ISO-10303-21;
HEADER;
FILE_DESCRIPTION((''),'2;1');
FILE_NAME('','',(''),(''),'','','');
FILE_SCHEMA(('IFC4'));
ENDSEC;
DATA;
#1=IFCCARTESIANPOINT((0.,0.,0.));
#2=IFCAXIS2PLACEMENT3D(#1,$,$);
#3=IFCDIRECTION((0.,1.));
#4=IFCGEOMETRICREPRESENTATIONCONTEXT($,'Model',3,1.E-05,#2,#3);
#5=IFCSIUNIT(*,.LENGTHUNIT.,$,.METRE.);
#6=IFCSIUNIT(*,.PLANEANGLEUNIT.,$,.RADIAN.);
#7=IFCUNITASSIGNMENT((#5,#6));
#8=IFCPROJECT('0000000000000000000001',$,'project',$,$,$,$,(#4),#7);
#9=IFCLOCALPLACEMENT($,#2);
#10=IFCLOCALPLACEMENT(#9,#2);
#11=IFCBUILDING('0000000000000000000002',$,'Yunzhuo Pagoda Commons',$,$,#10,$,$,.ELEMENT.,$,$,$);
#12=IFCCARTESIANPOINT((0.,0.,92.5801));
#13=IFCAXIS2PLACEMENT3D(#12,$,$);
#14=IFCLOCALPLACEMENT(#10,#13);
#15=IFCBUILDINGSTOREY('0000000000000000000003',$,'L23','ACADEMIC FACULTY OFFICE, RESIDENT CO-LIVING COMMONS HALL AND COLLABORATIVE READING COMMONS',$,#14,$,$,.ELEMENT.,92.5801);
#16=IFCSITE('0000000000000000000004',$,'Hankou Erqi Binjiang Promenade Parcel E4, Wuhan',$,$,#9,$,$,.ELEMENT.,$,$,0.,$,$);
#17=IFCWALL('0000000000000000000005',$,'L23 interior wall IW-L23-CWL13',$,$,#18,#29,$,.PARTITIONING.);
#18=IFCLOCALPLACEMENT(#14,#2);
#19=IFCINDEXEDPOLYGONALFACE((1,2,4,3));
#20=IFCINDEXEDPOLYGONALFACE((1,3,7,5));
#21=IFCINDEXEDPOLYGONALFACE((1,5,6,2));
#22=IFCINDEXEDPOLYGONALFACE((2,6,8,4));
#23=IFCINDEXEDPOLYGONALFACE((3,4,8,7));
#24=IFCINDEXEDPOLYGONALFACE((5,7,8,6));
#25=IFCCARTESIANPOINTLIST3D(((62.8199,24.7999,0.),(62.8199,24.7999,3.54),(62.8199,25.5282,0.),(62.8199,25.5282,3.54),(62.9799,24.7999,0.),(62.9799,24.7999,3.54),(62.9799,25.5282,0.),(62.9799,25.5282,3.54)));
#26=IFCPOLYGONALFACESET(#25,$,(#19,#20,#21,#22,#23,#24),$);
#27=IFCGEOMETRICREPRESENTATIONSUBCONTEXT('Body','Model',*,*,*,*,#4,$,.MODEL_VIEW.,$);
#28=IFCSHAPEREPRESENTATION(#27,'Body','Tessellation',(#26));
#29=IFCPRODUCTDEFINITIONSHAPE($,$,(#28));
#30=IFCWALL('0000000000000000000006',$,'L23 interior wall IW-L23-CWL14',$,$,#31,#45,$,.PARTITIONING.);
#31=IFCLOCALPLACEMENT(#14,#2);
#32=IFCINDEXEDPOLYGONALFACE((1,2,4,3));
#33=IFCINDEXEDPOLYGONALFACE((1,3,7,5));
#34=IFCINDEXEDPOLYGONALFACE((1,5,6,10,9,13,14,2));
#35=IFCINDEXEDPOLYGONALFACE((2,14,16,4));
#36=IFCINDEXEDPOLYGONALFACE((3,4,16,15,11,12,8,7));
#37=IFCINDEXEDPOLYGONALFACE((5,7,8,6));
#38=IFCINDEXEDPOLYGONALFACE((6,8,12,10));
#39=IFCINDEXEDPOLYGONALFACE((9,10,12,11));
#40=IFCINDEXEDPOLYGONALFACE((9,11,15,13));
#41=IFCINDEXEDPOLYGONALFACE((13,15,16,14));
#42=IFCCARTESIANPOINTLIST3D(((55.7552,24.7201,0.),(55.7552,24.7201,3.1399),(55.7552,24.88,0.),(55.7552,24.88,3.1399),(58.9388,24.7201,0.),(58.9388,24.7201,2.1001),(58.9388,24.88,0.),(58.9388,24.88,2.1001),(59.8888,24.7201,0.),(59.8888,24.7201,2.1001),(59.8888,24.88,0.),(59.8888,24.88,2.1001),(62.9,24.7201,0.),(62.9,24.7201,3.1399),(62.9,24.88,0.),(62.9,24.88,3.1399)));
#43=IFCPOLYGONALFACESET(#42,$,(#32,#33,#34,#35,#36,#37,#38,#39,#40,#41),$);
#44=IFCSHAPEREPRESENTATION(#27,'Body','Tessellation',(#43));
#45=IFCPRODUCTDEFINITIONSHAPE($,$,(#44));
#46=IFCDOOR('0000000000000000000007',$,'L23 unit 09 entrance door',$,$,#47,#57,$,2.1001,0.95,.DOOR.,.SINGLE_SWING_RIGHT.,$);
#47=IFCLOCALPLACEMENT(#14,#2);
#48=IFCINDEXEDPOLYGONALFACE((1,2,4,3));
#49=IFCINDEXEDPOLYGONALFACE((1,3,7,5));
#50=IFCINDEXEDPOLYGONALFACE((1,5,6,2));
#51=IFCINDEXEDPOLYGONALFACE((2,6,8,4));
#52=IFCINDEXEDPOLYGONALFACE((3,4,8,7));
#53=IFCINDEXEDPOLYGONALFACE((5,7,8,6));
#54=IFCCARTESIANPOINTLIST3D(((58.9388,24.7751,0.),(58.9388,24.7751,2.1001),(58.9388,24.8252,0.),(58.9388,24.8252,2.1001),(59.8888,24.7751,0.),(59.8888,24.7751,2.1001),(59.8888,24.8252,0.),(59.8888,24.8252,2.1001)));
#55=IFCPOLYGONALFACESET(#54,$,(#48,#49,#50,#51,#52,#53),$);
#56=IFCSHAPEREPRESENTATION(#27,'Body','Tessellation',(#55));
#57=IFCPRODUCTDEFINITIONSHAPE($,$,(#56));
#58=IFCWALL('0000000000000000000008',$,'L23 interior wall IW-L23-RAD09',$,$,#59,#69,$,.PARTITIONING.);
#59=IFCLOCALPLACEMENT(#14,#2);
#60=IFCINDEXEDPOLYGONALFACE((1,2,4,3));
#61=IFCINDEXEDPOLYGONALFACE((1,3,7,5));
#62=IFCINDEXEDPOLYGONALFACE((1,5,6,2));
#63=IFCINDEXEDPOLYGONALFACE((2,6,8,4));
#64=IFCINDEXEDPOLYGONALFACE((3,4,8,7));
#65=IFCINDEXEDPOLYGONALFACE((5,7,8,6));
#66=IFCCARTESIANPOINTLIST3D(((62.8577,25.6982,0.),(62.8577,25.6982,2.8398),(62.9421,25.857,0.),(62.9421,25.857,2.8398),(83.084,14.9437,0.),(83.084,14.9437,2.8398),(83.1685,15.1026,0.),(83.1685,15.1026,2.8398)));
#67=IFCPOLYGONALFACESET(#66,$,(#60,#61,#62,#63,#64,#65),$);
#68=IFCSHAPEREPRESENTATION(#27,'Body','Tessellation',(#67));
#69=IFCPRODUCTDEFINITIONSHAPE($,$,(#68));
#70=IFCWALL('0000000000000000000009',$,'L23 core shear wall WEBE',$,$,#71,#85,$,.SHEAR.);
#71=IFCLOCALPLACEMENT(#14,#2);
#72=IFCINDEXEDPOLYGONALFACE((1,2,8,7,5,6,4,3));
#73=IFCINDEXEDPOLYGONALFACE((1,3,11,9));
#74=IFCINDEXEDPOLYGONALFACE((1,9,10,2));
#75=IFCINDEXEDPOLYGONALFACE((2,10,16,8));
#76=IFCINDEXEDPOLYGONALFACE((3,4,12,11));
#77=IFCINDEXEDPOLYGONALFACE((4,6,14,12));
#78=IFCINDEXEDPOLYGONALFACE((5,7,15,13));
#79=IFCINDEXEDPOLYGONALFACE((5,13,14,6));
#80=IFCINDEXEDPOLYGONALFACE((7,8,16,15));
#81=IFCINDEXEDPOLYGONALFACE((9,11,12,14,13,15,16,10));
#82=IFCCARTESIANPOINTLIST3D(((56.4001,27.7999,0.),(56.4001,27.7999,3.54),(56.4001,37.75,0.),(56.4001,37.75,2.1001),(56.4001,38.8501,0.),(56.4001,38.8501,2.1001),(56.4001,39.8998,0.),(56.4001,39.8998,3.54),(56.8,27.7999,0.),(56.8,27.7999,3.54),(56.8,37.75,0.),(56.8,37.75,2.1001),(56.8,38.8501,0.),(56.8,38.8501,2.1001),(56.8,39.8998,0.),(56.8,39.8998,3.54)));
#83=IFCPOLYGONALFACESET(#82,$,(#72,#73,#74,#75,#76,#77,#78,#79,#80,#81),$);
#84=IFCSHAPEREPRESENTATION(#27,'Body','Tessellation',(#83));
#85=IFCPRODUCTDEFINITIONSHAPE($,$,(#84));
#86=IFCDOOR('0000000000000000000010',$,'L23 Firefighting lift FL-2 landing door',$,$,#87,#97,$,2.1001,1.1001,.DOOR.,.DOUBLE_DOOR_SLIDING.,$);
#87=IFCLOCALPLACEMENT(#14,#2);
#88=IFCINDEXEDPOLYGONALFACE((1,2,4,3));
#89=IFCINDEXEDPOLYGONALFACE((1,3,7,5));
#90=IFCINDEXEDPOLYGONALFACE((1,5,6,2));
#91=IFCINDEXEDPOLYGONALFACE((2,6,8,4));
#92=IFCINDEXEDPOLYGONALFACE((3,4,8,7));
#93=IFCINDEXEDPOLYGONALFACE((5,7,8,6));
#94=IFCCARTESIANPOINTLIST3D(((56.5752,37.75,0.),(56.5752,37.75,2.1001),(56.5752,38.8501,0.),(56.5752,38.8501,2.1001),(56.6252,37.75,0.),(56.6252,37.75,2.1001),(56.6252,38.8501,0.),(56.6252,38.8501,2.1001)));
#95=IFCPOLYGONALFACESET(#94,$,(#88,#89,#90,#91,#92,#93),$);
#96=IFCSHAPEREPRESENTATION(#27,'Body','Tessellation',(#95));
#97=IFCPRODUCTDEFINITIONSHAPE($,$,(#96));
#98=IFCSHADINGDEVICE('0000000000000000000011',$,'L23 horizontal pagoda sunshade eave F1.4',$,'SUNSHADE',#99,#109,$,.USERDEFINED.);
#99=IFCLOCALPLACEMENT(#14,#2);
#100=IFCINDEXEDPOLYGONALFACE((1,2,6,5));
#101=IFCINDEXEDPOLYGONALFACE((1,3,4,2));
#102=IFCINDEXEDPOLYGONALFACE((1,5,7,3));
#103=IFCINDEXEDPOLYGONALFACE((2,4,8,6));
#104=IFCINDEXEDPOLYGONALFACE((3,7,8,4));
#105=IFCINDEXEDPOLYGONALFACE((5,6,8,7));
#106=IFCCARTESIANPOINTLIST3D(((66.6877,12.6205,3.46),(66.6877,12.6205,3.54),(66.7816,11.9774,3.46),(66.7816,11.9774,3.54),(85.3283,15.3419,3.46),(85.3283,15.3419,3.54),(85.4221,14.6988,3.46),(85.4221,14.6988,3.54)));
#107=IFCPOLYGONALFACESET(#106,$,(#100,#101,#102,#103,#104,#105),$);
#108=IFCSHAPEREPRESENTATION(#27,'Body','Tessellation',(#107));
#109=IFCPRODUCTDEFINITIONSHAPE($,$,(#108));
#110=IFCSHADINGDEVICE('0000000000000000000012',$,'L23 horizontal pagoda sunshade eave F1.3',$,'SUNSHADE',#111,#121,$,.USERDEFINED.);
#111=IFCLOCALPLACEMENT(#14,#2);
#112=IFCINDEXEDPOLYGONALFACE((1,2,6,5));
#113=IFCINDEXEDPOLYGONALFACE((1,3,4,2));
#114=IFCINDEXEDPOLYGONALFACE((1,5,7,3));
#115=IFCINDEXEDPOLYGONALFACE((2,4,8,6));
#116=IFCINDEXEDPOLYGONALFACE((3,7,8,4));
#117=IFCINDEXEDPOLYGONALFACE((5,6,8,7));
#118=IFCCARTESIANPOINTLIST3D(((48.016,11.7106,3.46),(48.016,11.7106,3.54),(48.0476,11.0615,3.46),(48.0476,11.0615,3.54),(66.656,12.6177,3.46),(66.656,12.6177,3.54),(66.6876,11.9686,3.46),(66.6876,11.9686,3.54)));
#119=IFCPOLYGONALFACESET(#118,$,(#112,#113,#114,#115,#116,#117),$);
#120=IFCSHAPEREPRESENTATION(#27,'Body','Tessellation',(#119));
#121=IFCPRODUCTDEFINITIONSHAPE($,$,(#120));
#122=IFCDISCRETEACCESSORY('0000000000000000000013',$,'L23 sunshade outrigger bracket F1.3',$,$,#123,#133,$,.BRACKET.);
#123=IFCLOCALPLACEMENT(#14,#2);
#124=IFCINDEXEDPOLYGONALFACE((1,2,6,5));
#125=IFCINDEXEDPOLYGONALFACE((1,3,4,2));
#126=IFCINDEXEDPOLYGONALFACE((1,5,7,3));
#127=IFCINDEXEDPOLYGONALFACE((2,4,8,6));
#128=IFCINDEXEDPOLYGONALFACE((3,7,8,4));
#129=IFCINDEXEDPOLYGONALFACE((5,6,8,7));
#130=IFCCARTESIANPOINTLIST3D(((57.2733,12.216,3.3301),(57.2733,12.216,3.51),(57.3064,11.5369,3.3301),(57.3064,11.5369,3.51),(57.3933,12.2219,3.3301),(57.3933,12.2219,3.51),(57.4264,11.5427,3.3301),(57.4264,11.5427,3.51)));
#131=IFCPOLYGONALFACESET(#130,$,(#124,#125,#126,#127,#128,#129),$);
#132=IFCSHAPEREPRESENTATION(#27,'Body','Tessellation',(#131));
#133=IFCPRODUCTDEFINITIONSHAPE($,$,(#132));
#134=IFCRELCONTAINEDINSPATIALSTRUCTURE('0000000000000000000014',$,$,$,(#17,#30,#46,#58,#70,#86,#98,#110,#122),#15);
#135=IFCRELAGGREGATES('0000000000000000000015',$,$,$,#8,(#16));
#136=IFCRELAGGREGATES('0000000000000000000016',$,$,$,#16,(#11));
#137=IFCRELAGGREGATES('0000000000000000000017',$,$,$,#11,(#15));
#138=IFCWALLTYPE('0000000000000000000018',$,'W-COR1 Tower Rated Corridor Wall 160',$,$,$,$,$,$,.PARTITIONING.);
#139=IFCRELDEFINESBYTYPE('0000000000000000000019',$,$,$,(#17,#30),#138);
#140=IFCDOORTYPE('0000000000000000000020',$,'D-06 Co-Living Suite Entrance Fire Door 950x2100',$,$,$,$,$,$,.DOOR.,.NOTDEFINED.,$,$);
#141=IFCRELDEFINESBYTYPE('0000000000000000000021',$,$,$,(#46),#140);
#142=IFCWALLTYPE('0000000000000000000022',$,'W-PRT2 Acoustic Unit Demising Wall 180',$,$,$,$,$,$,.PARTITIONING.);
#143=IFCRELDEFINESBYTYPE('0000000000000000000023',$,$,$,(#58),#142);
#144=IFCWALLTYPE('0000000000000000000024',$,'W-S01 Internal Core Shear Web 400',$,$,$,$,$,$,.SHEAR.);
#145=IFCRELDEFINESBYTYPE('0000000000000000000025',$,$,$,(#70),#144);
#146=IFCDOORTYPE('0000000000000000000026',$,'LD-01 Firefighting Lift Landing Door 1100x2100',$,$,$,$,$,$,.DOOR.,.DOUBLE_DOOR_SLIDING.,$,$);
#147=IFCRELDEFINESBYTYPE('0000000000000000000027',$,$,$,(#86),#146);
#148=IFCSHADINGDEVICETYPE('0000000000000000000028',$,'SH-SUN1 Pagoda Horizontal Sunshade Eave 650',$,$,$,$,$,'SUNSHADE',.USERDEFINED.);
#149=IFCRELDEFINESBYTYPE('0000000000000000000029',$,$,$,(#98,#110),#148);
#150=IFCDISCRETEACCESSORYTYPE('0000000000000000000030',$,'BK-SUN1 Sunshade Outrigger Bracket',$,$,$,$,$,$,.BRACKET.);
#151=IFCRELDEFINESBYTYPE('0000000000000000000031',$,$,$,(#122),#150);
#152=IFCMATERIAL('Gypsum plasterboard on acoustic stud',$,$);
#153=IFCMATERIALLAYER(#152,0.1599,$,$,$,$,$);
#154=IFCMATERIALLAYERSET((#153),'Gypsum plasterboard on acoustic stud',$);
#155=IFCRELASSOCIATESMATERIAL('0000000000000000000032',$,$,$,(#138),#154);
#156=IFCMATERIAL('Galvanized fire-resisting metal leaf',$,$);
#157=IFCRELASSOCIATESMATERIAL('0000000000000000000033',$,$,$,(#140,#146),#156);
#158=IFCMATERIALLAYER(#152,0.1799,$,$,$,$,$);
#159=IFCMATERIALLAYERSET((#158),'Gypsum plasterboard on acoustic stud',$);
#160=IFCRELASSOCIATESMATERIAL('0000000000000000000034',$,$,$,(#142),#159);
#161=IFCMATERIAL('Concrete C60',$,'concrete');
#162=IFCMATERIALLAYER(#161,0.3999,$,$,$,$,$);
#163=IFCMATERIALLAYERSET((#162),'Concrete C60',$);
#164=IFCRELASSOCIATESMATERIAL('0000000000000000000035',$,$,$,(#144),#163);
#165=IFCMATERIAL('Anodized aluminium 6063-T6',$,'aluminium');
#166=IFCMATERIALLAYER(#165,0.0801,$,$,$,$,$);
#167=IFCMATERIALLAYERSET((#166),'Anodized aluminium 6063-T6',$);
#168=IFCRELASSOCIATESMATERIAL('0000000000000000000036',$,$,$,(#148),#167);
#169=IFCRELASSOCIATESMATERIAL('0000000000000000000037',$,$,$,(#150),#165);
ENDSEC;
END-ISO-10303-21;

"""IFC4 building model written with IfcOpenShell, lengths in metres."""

from ifc_helpers import new_model, si_unit, direction, frame, frame_2d, origin, origin_with_axes, origin_2d, place, context, subcontext, project, spatial, rectangle, extrude, source, transform, mapped, material, layer, layer_set, type_object, element, fill, save


model = new_model("IFC4")

# Units and contexts
model_context = context("Model", 3, precision=1e-05, world=origin(), true_north=direction((0.0, 1.0)))
body_context = subcontext(model_context, "Body", "Model", "MODEL_VIEW")
ifc_project = project(units=[si_unit("LENGTHUNIT", "METRE"), si_unit("PLANEANGLEUNIT", "RADIAN")], contexts=[model_context])

# Site, building, storey
site_placement = place(None, origin())
site = spatial("IfcSite", under=ifc_project, at=site_placement, Name="Hankou Erqi Binjiang Promenade Parcel E4, Wuhan", CompositionType="ELEMENT", RefElevation=0.0)
building_placement = place(site_placement, origin())
building = spatial("IfcBuilding", under=site, at=building_placement, Name="Yunzhuo Pagoda Commons", CompositionType="ELEMENT")
storey_placement = place(building_placement, frame((0.0, 0.0, 92.5801)))
storey = spatial("IfcBuildingStorey", under=building, at=storey_placement, Name="L23", Description="ACADEMIC FACULTY OFFICE, RESIDENT CO-LIVING COMMONS HALL AND COLLABORATIVE READING COMMONS", CompositionType="ELEMENT", Elevation=92.5801)

# Shared definitions
ifc_material_1 = material(Name="Anodized aluminium 6063-T6", Category="aluminium")

# Wall
ifc_material_2 = material(Name="Concrete C60", Category="concrete")
ifc_material_3 = material(Name="Gypsum plasterboard on acoustic stud")
ifc_layer_1 = layer(ifc_material_3, 0.1599)
ifc_layer_set_1 = layer_set([ifc_layer_1], Name="Gypsum plasterboard on acoustic stud")
wall_type_1 = type_object("IfcWallType", Name="W-COR1 Tower Rated Corridor Wall 160", PredefinedType="PARTITIONING", material=ifc_layer_set_1)
wall_1_placement = place(storey_placement, frame((62.8999, 25.5283, 0.0), z_axis=(0.0, 0.0, 1.0), x_axis=(0.0, -1.0, 0.0)))
element("IfcWall", 1, at=wall_1_placement, inside=storey, type_object=wall_type_1, Name="L23 interior wall IW-L23-CWL13", PredefinedType="PARTITIONING", context=body_context, shape_type="SweptSolid", body=[
    extrude(rectangle(XDim=0.7283, YDim=0.1599, at=frame_2d((0.3643, 0.0))), origin(), (0.0, 0.0, 1.0), 3.54),
])

# Wall, opening, door
wall_2_placement = place(storey_placement, frame((62.8999, 24.8, 0.0), z_axis=(0.0, 0.0, 1.0), x_axis=(-1.0, 0.0, 0.0)))
wall_2 = element("IfcWall", 2, at=wall_2_placement, inside=storey, type_object=wall_type_1, Name="L23 interior wall IW-L23-CWL14", PredefinedType="PARTITIONING", context=body_context, shape_type="SweptSolid", body=[
    extrude(rectangle(XDim=7.1448, YDim=0.1599, at=frame_2d((3.5723, 0.0))), origin(), (0.0, 0.0, 1.0), 3.1399),
])
opening_1_placement = place(wall_2_placement, frame((3.011, 0.0, 0.0)))
opening_1 = element("IfcOpeningElement", 3, at=opening_1_placement, cuts=wall_2, PredefinedType="OPENING", context=body_context, shape_type="SweptSolid", body=[
    extrude(rectangle(XDim=0.95, YDim=2.1001, at=frame_2d((0.4751, 1.05))), frame((0.0, 0.0898, 0.0), z_axis=(0.0, -1.0, 0.0), x_axis=(1.0, 0.0, 0.0)), (0.0, 0.0, 1.0), 0.1799),
])
ifc_material_4 = material(Name="Galvanized fire-resisting metal leaf")
door_type_1 = type_object("IfcDoorType", Name="D-06 Co-Living Suite Entrance Fire Door 950x2100", OperationType="NOTDEFINED", PredefinedType="DOOR", material=ifc_material_4)
shared_shape_1 = source(origin(), body_context, "Body", "SweptSolid", [
    extrude(rectangle(XDim=0.95, YDim=2.1001, at=frame_2d((0.4751, 1.05))), frame((0.0, 0.0249, 0.0), z_axis=(0.0, -1.0, 0.0), x_axis=(1.0, 0.0, 0.0)), (0.0, 0.0, 1.0), 0.05),
])
door_1_placement = place(opening_1_placement, origin_with_axes())
door_1 = element("IfcDoor", 4, at=door_1_placement, inside=storey, type_object=door_type_1, Name="L23 unit 09 entrance door", OperationType="SINGLE_SWING_RIGHT", OverallHeight=2.1001, OverallWidth=0.95, PredefinedType="DOOR", context=body_context, shape_type="MappedRepresentation", body=[
    mapped(shared_shape_1, transform((0.0, 0.0, 0.0), scale=1.0)),
])
fill(opening_1, door_1)

# Wall
ifc_layer_2 = layer(ifc_material_3, 0.1799)
ifc_layer_set_2 = layer_set([ifc_layer_2], Name="Gypsum plasterboard on acoustic stud")
wall_type_2 = type_object("IfcWallType", Name="W-PRT2 Acoustic Unit Demising Wall 180", PredefinedType="PARTITIONING", material=ifc_layer_set_2)
wall_3_placement = place(storey_placement, frame((62.8999, 25.7776, 0.0), z_axis=(0.0, 0.0, 1.0), x_axis=(0.88295, -0.469467, 0.0)))
element("IfcWall", 5, at=wall_3_placement, inside=storey, type_object=wall_type_2, Name="L23 interior wall IW-L23-RAD09", PredefinedType="PARTITIONING", context=body_context, shape_type="SweptSolid", body=[
    extrude(rectangle(XDim=22.9077, YDim=0.1799, at=frame_2d((11.4539, 0.0))), origin(), (0.0, 0.0, 1.0), 2.8398),
])

# Wall, opening, door
ifc_layer_3 = layer(ifc_material_2, 0.3999)
ifc_layer_set_3 = layer_set([ifc_layer_3], Name="Concrete C60")
wall_type_3 = type_object("IfcWallType", Name="W-S01 Internal Core Shear Web 400", PredefinedType="SHEAR", material=ifc_layer_set_3)
wall_4_placement = place(storey_placement, frame((56.6001, 27.8, 0.0), z_axis=(0.0, 0.0, 1.0), x_axis=(0.0, 1.0, 0.0)))
wall_4 = element("IfcWall", 6, at=wall_4_placement, inside=storey, type_object=wall_type_3, Name="L23 core shear wall WEBE", PredefinedType="SHEAR", context=body_context, shape_type="SweptSolid", body=[
    extrude(rectangle(XDim=12.0999, YDim=0.3999, at=frame_2d((6.0498, 0.0))), origin(), (0.0, 0.0, 1.0), 3.54),
])
opening_2_placement = place(wall_4_placement, frame((9.95, 0.0, 0.0)))
opening_2 = element("IfcOpeningElement", 7, at=opening_2_placement, cuts=wall_4, PredefinedType="OPENING", context=body_context, shape_type="SweptSolid", body=[
    extrude(rectangle(XDim=1.1001, YDim=2.1001, at=frame_2d((0.55, 1.05))), frame((0.0, 0.21, 0.0), z_axis=(0.0, -1.0, 0.0), x_axis=(1.0, 0.0, 0.0)), (0.0, 0.0, 1.0), 0.4199),
])
door_type_2 = type_object("IfcDoorType", Name="LD-01 Firefighting Lift Landing Door 1100x2100", OperationType="DOUBLE_DOOR_SLIDING", PredefinedType="DOOR", material=ifc_material_4)
shared_shape_2 = source(origin(), body_context, "Body", "SweptSolid", [
    extrude(rectangle(XDim=1.1001, YDim=2.1001, at=frame_2d((0.55, 1.05))), frame((0.0, 0.0249, 0.0), z_axis=(0.0, -1.0, 0.0), x_axis=(1.0, 0.0, 0.0)), (0.0, 0.0, 1.0), 0.05),
])
door_2_placement = place(opening_2_placement, origin_with_axes())
door_2 = element("IfcDoor", 8, at=door_2_placement, inside=storey, type_object=door_type_2, Name="L23 Firefighting lift FL-2 landing door", OperationType="DOUBLE_DOOR_SLIDING", OverallHeight=2.1001, OverallWidth=1.1001, PredefinedType="DOOR", context=body_context, shape_type="MappedRepresentation", body=[
    mapped(shared_shape_2, transform((0.0, 0.0, 0.0), scale=1.0)),
])
fill(opening_2, door_2)

# Shading devices
ifc_layer_4 = layer(ifc_material_1, 0.0801)
ifc_layer_set_4 = layer_set([ifc_layer_4], Name="Anodized aluminium 6063-T6")
shading_device_type = type_object("IfcShadingDeviceType", Name="SH-SUN1 Pagoda Horizontal Sunshade Eave 650", ElementType="SUNSHADE", PredefinedType="USERDEFINED", material=ifc_layer_set_4)
shared_shape_3 = source(origin(), body_context, "Body", "SweptSolid", [
    extrude(rectangle(XDim=18.8381, YDim=0.6499, at=origin_2d()), origin(), (0.0, 0.0, 1.0), 0.0801),
])
shading_device_1_placement = place(storey_placement, frame((76.0549, 13.6597, 3.46), z_axis=(0.0, 0.0, 1.0), x_axis=(0.989511, 0.14446, 0.0)))
element("IfcShadingDevice", 9, at=shading_device_1_placement, inside=storey, type_object=shading_device_type, Name="L23 horizontal pagoda sunshade eave F1.4", ObjectType="SUNSHADE", PredefinedType="USERDEFINED", context=body_context, shape_type="MappedRepresentation", body=[
    mapped(shared_shape_3, transform((0.0, 0.0, 0.0), scale=1.0)),
])
shared_shape_4 = source(origin(), body_context, "Body", "SweptSolid", [
    extrude(rectangle(XDim=18.6621, YDim=0.6499, at=origin_2d()), origin(), (0.0, 0.0, 1.0), 0.0801),
])
shading_device_2_placement = place(storey_placement, frame((57.3518, 11.8396, 3.46), z_axis=(0.0, 0.0, 1.0), x_axis=(0.998818, 0.048606, 0.0)))
element("IfcShadingDevice", 10, at=shading_device_2_placement, inside=storey, type_object=shading_device_type, Name="L23 horizontal pagoda sunshade eave F1.3", ObjectType="SUNSHADE", PredefinedType="USERDEFINED", context=body_context, shape_type="MappedRepresentation", body=[
    mapped(shared_shape_4, transform((0.0, 0.0, 0.0), scale=1.0)),
])

# Discrete accessory
discrete_accessory_type = type_object("IfcDiscreteAccessoryType", Name="BK-SUN1 Sunshade Outrigger Bracket", PredefinedType="BRACKET", material=ifc_material_1)
shared_shape_5 = source(origin(), body_context, "Body", "SweptSolid", [
    extrude(rectangle(XDim=0.1201, YDim=0.6799, at=origin_2d()), origin(), (0.0, 0.0, 1.0), 0.1799),
])
discrete_accessory_placement = place(storey_placement, frame((57.3499, 11.8794, 3.3301), z_axis=(0.0, 0.0, 1.0), x_axis=(0.998818, 0.048606, 0.0)))
element("IfcDiscreteAccessory", 11, at=discrete_accessory_placement, inside=storey, type_object=discrete_accessory_type, Name="L23 sunshade outrigger bracket F1.3", PredefinedType="BRACKET", context=body_context, shape_type="MappedRepresentation", body=[
    mapped(shared_shape_5, transform((0.0, 0.0, 0.0), scale=1.0)),
])

save(model, "model.ifc")
